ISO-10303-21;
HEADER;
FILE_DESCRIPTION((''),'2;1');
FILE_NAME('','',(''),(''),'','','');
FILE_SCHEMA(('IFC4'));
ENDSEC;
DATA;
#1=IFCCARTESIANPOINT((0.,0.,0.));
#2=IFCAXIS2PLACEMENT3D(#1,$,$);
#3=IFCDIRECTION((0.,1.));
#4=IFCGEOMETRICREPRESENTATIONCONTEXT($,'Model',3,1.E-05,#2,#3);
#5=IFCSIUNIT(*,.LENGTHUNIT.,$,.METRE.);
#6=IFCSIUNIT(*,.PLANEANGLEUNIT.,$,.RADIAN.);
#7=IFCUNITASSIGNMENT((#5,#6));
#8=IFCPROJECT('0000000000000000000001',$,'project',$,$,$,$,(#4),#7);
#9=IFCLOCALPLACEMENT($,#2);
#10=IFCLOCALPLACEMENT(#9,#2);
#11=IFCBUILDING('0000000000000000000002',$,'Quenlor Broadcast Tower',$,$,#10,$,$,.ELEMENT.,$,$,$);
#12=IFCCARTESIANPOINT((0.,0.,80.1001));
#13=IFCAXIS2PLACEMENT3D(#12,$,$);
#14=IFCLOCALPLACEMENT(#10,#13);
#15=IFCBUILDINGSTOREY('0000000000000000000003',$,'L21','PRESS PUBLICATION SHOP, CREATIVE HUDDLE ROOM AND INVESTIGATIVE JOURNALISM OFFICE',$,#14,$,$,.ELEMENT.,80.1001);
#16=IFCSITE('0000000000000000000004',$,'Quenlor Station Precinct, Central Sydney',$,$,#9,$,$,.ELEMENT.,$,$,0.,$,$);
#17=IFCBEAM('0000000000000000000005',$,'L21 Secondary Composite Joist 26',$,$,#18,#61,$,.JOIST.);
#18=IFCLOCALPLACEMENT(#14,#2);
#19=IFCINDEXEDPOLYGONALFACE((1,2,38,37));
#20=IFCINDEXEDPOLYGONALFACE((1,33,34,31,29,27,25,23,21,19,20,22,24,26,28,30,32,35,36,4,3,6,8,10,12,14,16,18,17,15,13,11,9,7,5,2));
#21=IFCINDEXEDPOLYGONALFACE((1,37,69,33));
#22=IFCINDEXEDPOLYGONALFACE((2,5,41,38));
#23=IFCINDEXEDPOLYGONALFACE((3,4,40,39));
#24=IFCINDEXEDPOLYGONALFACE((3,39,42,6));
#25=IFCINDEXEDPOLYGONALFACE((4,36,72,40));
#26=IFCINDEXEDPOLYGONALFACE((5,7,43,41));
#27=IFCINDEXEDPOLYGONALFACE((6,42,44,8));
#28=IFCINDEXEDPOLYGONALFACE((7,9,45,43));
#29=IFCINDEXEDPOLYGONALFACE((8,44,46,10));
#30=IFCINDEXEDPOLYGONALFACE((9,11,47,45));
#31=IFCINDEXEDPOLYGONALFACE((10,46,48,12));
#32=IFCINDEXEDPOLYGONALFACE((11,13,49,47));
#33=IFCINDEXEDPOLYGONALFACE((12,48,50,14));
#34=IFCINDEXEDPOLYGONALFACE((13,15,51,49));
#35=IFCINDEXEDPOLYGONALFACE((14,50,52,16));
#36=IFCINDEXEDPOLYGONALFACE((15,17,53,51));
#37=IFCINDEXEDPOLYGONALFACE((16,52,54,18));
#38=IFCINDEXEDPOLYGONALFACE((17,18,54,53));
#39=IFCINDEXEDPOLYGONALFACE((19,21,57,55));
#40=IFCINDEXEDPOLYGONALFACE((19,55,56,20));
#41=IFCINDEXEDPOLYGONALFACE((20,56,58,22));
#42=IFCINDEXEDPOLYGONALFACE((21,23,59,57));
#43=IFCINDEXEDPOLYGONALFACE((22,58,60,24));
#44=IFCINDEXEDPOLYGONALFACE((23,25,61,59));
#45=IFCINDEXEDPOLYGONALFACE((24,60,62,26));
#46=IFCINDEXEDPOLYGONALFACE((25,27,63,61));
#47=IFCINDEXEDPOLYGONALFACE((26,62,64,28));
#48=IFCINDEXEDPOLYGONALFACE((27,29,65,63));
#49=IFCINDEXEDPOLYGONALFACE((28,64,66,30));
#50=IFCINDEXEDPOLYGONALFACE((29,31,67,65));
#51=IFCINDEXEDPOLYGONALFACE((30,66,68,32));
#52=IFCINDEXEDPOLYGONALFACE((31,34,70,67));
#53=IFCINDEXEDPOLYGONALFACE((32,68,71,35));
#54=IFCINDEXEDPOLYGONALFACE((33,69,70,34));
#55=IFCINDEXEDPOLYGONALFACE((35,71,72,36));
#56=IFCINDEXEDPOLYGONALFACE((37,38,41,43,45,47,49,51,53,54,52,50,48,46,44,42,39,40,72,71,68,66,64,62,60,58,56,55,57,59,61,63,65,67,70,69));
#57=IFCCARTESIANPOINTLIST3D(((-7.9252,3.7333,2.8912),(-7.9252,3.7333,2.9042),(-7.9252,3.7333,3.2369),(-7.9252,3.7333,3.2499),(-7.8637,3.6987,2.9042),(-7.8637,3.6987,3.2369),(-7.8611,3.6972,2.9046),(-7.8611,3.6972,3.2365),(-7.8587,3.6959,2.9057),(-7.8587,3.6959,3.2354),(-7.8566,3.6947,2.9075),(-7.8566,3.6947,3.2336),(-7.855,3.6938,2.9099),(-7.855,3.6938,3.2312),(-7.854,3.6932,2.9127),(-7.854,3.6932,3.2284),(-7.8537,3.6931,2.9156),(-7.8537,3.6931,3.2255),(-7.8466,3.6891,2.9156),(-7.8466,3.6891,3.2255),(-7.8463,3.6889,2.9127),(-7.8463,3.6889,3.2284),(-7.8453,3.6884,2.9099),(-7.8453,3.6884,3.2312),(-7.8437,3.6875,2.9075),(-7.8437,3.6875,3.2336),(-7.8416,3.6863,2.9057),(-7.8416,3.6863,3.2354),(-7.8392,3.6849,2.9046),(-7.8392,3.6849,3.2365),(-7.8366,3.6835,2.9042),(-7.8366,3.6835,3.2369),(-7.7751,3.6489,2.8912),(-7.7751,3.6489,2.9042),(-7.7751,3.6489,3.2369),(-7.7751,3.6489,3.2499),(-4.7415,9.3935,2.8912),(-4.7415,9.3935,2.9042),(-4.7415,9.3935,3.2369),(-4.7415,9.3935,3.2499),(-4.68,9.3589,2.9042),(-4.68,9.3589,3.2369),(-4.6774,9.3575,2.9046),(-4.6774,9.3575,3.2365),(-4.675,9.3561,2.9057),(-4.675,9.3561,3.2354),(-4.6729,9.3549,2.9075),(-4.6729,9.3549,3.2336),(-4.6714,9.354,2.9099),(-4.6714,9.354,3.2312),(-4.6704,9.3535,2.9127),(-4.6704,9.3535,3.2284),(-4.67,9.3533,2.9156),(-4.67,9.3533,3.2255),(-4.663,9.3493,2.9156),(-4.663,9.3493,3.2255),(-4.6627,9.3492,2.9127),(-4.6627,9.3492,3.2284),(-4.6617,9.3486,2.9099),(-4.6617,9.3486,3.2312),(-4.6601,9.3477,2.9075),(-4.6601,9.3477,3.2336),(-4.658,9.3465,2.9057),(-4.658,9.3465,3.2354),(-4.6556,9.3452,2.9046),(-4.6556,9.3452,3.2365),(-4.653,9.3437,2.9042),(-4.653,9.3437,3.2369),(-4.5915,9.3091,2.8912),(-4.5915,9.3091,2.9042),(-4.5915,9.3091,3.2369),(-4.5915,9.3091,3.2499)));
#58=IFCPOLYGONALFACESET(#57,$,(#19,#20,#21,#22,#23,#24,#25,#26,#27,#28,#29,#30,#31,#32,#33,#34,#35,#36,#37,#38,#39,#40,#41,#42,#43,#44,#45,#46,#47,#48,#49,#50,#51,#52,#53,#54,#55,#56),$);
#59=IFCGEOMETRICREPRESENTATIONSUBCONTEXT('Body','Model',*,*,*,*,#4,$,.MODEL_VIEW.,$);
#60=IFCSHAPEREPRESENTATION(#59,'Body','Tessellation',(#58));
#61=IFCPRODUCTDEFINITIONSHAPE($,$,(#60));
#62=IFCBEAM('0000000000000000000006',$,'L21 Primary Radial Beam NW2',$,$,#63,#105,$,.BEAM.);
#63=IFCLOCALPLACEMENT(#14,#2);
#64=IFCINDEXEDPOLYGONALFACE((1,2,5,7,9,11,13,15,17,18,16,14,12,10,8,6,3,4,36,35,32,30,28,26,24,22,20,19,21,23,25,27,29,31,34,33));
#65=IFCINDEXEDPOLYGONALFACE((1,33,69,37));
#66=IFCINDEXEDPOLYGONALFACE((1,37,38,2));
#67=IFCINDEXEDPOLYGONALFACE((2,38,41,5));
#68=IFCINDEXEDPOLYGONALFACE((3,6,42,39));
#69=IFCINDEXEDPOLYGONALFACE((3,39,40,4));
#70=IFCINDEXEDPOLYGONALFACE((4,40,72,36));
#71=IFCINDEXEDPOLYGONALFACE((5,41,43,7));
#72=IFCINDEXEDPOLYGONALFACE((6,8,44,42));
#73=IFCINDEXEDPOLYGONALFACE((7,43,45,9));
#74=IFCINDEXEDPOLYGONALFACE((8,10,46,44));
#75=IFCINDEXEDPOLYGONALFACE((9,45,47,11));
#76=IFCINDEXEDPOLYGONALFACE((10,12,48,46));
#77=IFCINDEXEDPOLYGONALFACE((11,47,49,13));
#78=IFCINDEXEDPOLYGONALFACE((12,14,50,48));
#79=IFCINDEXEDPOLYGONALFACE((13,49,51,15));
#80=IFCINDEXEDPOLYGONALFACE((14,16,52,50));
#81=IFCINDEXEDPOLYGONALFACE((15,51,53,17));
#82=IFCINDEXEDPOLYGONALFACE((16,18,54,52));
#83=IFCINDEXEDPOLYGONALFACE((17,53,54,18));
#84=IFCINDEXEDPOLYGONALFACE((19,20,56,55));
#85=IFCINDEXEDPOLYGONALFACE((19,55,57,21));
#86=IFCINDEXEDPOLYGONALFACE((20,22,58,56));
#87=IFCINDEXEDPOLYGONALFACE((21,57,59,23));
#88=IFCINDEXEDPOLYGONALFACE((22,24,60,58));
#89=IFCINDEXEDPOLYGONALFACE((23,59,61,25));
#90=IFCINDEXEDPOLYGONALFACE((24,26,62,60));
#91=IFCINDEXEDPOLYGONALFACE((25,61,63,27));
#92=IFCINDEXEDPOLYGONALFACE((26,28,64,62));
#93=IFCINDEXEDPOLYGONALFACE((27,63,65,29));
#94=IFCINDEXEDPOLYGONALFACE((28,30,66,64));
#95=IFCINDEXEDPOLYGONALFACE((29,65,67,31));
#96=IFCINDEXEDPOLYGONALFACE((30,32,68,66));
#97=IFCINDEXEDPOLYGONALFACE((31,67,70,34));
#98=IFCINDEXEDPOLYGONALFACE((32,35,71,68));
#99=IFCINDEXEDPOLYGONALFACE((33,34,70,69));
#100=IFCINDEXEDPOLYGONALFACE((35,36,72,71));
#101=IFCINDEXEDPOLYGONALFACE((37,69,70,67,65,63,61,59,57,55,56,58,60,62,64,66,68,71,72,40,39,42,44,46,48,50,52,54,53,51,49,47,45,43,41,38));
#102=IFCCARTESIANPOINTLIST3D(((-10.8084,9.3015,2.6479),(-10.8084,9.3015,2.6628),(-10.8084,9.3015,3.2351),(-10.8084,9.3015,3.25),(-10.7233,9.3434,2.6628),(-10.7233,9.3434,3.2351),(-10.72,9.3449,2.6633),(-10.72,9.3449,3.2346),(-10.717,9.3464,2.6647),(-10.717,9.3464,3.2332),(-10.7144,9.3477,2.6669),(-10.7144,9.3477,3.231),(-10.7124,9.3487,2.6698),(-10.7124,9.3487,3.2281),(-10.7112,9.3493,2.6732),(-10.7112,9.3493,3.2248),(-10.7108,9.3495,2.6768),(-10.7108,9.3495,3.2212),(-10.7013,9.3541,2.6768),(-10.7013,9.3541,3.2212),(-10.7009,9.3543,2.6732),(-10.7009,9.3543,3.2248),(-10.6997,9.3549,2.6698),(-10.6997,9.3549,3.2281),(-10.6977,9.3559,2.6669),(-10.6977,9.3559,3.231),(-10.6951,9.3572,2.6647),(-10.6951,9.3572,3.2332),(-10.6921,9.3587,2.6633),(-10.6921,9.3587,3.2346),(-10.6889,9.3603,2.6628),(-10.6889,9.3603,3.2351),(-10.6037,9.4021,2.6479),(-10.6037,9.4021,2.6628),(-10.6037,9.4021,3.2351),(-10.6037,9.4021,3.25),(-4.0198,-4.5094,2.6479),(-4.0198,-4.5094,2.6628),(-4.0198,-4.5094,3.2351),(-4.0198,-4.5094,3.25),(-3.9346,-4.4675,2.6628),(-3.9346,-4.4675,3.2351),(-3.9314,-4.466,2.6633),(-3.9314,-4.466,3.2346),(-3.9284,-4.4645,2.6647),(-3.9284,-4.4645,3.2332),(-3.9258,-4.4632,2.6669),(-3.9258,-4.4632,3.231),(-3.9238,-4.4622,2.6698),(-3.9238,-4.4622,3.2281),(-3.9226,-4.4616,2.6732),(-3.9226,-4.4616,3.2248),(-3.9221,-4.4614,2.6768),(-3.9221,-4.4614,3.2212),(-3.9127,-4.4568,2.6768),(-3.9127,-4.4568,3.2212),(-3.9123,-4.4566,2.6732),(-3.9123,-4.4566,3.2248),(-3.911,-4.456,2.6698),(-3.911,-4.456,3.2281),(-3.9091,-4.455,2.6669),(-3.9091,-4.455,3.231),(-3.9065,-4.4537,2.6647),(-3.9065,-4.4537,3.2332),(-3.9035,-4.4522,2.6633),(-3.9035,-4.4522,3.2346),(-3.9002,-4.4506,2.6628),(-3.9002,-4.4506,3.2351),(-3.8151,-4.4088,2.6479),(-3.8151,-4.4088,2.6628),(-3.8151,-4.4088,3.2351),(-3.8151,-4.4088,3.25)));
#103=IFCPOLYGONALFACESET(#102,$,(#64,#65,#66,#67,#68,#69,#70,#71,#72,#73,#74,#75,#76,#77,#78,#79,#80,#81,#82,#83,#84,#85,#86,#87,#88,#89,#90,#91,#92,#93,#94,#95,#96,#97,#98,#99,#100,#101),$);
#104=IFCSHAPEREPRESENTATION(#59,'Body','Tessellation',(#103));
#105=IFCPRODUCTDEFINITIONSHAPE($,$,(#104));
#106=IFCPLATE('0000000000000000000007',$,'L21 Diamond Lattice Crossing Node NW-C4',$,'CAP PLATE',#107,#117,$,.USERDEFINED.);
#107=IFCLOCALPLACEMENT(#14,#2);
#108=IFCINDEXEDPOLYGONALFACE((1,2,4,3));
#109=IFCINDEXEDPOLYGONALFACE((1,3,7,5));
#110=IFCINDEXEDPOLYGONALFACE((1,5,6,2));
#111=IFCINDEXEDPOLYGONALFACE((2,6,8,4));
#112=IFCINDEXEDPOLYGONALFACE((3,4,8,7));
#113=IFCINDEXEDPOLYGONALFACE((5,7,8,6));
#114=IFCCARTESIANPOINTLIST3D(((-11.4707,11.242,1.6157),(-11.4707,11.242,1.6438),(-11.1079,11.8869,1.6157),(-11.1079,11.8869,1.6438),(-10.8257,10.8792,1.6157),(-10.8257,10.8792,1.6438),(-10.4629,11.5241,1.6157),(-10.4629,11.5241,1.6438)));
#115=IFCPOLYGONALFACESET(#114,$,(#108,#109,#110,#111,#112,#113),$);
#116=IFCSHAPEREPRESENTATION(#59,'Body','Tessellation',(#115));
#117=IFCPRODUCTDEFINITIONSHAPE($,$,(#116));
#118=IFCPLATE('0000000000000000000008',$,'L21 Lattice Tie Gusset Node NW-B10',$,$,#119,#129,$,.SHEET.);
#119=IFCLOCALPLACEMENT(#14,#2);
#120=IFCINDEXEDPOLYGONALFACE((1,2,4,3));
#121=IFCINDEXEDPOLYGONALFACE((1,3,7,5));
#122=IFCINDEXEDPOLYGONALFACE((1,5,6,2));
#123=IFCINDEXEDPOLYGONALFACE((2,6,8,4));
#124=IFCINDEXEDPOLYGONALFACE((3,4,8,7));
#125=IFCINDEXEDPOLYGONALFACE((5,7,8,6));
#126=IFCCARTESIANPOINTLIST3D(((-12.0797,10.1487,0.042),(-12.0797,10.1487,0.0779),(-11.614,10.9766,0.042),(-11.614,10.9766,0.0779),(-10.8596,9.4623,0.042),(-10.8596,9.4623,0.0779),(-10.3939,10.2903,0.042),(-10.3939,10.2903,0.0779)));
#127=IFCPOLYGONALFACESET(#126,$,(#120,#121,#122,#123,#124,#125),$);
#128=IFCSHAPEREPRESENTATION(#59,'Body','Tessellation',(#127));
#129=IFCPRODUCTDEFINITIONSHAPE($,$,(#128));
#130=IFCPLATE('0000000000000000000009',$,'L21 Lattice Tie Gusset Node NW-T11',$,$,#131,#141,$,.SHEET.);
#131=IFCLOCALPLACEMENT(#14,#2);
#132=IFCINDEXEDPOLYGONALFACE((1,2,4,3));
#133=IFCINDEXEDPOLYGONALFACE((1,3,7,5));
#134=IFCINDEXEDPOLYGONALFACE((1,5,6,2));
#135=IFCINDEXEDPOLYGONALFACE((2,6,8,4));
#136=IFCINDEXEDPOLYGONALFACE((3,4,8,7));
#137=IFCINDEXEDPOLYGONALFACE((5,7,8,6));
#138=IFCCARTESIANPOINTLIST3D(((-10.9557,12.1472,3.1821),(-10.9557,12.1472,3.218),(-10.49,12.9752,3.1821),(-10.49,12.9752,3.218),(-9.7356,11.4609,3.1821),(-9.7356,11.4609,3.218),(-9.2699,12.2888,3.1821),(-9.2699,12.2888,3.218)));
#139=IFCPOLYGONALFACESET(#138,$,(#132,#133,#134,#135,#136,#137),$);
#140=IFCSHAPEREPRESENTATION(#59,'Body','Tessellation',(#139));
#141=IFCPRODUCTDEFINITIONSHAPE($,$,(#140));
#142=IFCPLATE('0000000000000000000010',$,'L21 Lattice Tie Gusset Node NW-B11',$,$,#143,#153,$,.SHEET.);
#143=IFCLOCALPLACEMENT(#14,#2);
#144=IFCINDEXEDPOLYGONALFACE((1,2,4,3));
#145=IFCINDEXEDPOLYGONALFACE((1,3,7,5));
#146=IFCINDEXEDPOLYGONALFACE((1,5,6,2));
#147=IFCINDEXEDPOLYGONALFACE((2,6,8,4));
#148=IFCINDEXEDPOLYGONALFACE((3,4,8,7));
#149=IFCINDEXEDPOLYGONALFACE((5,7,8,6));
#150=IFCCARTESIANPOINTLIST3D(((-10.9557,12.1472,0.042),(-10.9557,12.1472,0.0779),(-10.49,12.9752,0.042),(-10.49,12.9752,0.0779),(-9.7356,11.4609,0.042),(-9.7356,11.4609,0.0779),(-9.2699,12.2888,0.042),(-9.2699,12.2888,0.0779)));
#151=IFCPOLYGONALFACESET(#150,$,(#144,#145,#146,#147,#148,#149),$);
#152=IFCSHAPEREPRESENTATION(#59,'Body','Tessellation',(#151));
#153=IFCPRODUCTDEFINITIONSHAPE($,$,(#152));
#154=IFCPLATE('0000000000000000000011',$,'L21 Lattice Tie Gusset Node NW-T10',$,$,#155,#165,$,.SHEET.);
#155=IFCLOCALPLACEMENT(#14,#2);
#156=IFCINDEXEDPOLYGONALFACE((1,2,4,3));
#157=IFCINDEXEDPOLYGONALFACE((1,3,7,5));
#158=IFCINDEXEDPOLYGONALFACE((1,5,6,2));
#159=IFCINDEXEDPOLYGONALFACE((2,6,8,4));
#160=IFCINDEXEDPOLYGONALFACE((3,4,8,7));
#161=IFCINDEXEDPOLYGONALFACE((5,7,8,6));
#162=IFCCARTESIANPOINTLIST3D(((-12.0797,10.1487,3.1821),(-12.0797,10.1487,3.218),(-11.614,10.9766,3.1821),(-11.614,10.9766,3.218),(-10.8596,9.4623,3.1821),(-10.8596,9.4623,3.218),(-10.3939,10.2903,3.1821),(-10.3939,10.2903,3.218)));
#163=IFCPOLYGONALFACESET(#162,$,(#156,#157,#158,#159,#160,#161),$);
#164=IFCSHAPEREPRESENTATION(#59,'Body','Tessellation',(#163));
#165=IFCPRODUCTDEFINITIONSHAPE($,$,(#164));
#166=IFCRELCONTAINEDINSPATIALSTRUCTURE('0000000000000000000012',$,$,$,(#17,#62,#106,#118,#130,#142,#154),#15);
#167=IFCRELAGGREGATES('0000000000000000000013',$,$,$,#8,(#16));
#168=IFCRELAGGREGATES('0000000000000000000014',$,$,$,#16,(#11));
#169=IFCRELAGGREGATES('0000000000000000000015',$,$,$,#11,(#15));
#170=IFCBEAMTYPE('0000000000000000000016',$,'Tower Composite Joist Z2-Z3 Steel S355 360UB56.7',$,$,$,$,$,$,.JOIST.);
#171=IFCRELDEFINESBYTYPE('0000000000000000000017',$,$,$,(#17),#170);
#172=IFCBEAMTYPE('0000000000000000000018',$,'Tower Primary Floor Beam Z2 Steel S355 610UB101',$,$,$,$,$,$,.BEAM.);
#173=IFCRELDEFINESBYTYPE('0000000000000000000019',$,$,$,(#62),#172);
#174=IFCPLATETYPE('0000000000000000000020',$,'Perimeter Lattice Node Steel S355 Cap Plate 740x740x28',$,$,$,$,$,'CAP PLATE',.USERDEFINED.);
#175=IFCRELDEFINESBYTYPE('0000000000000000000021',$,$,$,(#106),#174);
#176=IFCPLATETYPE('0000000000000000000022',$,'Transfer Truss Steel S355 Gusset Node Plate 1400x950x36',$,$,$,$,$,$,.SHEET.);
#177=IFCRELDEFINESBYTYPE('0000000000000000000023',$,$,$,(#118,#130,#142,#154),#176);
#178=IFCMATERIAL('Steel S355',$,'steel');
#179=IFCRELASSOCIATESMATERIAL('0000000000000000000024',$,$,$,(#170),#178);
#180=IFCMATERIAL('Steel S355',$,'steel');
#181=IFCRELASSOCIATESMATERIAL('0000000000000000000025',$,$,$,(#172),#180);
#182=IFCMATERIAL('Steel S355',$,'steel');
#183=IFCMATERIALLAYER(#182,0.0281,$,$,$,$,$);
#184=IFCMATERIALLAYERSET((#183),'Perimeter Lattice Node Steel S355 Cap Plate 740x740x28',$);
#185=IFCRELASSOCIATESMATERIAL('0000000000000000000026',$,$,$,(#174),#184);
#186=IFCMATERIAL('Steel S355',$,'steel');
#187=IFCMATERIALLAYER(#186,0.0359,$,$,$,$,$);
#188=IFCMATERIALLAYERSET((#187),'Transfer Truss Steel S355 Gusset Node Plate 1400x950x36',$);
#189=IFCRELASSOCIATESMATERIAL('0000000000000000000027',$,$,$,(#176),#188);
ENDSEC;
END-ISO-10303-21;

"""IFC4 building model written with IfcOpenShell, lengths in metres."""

from ifc_helpers import new_model, si_unit, direction, frame, origin, origin_2d, place, context, subcontext, project, spatial, rectangle, i_section, extrude, material, layer, layer_set, material_profile, profile_set, type_object, element, save


model = new_model("IFC4")

# Units and contexts
model_context = context("Model", 3, precision=1e-05, world=origin(), true_north=direction((0.0, 1.0)))
body_context = subcontext(model_context, "Body", "Model", "MODEL_VIEW")
ifc_project = project(units=[si_unit("LENGTHUNIT", "METRE"), si_unit("PLANEANGLEUNIT", "RADIAN")], contexts=[model_context])

# Site, building, storey
site_placement = place(None, origin())
site = spatial("IfcSite", under=ifc_project, at=site_placement, Name="Quenlor Station Precinct, Central Sydney", CompositionType="ELEMENT", RefElevation=0.0)
building_placement = place(site_placement, origin())
building = spatial("IfcBuilding", under=site, at=building_placement, Name="Quenlor Broadcast Tower", CompositionType="ELEMENT")
storey_placement = place(building_placement, frame((0.0, 0.0, 80.1001)))
storey = spatial("IfcBuildingStorey", under=building, at=storey_placement, Name="L21", Description="PRESS PUBLICATION SHOP, CREATIVE HUDDLE ROOM AND INVESTIGATIVE JOURNALISM OFFICE", CompositionType="ELEMENT", Elevation=80.1001)

# Beams
ifc_material_1 = material(Name="Steel S355", Category="steel")
ifc_material_profile_1 = material_profile(ifc_material_1, i_section(OverallWidth=0.1721, OverallDepth=0.3586, WebThickness=0.0081, FlangeThickness=0.0129, FilletRadius=0.0115, at=origin_2d()))
ifc_profile_set_1 = profile_set([ifc_material_profile_1], Name="Steel S355 360UB56.7")
beam_type_1 = type_object("IfcBeamType", Name="Tower Composite Joist Z2-Z3 Steel S355 360UB56.7", PredefinedType="JOIST", material=ifc_profile_set_1)
beam_1_placement = place(storey_placement, frame((-4.6665, 9.3513, 3.0706), z_axis=(-0.490233, -0.871592, 0.0), x_axis=(0.871592, -0.490233, 0.0)))
element("IfcBeam", 1, at=beam_1_placement, inside=storey, type_object=beam_type_1, Name="L21 Secondary Composite Joist 26", PredefinedType="JOIST", context=body_context, shape_type="SweptSolid", body=[
    extrude(i_section(OverallWidth=0.1721, OverallDepth=0.3586, WebThickness=0.0081, FlangeThickness=0.0129, FilletRadius=0.0115, at=origin_2d()), origin(), (0.0, 0.0, 1.0), 6.4941),
])
ifc_material_2 = material(Name="Steel S355", Category="steel")
ifc_material_profile_2 = material_profile(ifc_material_2, i_section(OverallWidth=0.228, OverallDepth=0.6021, WebThickness=0.0105, FlangeThickness=0.0149, FilletRadius=0.0139, at=origin_2d()))
ifc_profile_set_2 = profile_set([ifc_material_profile_2], Name="Steel S355 610UB101")
beam_type_2 = type_object("IfcBeamType", Name="Tower Primary Floor Beam Z2 Steel S355 610UB101", PredefinedType="BEAM", material=ifc_profile_set_2)
beam_2_placement = place(storey_placement, frame((-10.7061, 9.3518, 2.949), z_axis=(0.44113, -0.897443, 0.0), x_axis=(0.897443, 0.44113, 0.0)))
element("IfcBeam", 2, at=beam_2_placement, inside=storey, type_object=beam_type_2, Name="L21 Primary Radial Beam NW2", PredefinedType="BEAM", context=body_context, shape_type="SweptSolid", body=[
    extrude(i_section(OverallWidth=0.228, OverallDepth=0.6021, WebThickness=0.0105, FlangeThickness=0.0149, FilletRadius=0.0139, at=origin_2d()), origin(), (0.0, 0.0, 1.0), 15.3892),
])

# Plates
ifc_material_3 = material(Name="Steel S355", Category="steel")
ifc_layer_1 = layer(ifc_material_3, 0.0281)
ifc_layer_set_1 = layer_set([ifc_layer_1], Name="Perimeter Lattice Node Steel S355 Cap Plate 740x740x28")
plate_type_1 = type_object("IfcPlateType", Name="Perimeter Lattice Node Steel S355 Cap Plate 740x740x28", ElementType="CAP PLATE", PredefinedType="USERDEFINED", material=ifc_layer_set_1)
plate_placement = place(storey_placement, frame((-10.9668, 11.3831, 1.6157), z_axis=(0.0, 0.0, 1.0), x_axis=(0.490295, 0.871556, 0.0)))
element("IfcPlate", 3, at=plate_placement, inside=storey, type_object=plate_type_1, Name="L21 Diamond Lattice Crossing Node NW-C4", ObjectType="CAP PLATE", PredefinedType="USERDEFINED", context=body_context, shape_type="SweptSolid", body=[
    extrude(rectangle(XDim=0.74, YDim=0.74, at=origin_2d()), origin(), (0.0, 0.0, 1.0), 0.0281),
])
ifc_material_4 = material(Name="Steel S355", Category="steel")
ifc_layer_2 = layer(ifc_material_4, 0.0359)
ifc_layer_set_2 = layer_set([ifc_layer_2], Name="Transfer Truss Steel S355 Gusset Node Plate 1400x950x36")
plate_type_2 = type_object("IfcPlateType", Name="Transfer Truss Steel S355 Gusset Node Plate 1400x950x36", PredefinedType="SHEET", material=ifc_layer_set_2)
for number, where, z_axis, x_axis, name in (
    (4, (-11.2368, 10.2195, 0.042), (0.0, 0.0, 1.0), (-0.871556, 0.490295, 0.0), "L21 Lattice Tie Gusset Node NW-B10"),
    (5, (-10.1128, 12.218, 3.1821), (0.0, 0.0, 1.0), (-0.871556, 0.490295, 0.0), "L21 Lattice Tie Gusset Node NW-T11"),
    (6, (-10.1128, 12.218, 0.042), (0.0, 0.0, 1.0), (-0.871556, 0.490295, 0.0), "L21 Lattice Tie Gusset Node NW-B11"),
    (7, (-11.2368, 10.2195, 3.1821), (0.0, 0.0, 1.0), (-0.871556, 0.490295, 0.0), "L21 Lattice Tie Gusset Node NW-T10"),
):
    element("IfcPlate", number, at=place(storey_placement, frame(where, z_axis=z_axis, x_axis=x_axis)), inside=storey, type_object=plate_type_2, Name=name, PredefinedType="SHEET", context=body_context, shape_type="SweptSolid", body=[
        extrude(rectangle(XDim=1.3999, YDim=0.95, at=origin_2d()), origin(), (0.0, 0.0, 1.0), 0.0359),
    ])

save(model, "model.ifc")
